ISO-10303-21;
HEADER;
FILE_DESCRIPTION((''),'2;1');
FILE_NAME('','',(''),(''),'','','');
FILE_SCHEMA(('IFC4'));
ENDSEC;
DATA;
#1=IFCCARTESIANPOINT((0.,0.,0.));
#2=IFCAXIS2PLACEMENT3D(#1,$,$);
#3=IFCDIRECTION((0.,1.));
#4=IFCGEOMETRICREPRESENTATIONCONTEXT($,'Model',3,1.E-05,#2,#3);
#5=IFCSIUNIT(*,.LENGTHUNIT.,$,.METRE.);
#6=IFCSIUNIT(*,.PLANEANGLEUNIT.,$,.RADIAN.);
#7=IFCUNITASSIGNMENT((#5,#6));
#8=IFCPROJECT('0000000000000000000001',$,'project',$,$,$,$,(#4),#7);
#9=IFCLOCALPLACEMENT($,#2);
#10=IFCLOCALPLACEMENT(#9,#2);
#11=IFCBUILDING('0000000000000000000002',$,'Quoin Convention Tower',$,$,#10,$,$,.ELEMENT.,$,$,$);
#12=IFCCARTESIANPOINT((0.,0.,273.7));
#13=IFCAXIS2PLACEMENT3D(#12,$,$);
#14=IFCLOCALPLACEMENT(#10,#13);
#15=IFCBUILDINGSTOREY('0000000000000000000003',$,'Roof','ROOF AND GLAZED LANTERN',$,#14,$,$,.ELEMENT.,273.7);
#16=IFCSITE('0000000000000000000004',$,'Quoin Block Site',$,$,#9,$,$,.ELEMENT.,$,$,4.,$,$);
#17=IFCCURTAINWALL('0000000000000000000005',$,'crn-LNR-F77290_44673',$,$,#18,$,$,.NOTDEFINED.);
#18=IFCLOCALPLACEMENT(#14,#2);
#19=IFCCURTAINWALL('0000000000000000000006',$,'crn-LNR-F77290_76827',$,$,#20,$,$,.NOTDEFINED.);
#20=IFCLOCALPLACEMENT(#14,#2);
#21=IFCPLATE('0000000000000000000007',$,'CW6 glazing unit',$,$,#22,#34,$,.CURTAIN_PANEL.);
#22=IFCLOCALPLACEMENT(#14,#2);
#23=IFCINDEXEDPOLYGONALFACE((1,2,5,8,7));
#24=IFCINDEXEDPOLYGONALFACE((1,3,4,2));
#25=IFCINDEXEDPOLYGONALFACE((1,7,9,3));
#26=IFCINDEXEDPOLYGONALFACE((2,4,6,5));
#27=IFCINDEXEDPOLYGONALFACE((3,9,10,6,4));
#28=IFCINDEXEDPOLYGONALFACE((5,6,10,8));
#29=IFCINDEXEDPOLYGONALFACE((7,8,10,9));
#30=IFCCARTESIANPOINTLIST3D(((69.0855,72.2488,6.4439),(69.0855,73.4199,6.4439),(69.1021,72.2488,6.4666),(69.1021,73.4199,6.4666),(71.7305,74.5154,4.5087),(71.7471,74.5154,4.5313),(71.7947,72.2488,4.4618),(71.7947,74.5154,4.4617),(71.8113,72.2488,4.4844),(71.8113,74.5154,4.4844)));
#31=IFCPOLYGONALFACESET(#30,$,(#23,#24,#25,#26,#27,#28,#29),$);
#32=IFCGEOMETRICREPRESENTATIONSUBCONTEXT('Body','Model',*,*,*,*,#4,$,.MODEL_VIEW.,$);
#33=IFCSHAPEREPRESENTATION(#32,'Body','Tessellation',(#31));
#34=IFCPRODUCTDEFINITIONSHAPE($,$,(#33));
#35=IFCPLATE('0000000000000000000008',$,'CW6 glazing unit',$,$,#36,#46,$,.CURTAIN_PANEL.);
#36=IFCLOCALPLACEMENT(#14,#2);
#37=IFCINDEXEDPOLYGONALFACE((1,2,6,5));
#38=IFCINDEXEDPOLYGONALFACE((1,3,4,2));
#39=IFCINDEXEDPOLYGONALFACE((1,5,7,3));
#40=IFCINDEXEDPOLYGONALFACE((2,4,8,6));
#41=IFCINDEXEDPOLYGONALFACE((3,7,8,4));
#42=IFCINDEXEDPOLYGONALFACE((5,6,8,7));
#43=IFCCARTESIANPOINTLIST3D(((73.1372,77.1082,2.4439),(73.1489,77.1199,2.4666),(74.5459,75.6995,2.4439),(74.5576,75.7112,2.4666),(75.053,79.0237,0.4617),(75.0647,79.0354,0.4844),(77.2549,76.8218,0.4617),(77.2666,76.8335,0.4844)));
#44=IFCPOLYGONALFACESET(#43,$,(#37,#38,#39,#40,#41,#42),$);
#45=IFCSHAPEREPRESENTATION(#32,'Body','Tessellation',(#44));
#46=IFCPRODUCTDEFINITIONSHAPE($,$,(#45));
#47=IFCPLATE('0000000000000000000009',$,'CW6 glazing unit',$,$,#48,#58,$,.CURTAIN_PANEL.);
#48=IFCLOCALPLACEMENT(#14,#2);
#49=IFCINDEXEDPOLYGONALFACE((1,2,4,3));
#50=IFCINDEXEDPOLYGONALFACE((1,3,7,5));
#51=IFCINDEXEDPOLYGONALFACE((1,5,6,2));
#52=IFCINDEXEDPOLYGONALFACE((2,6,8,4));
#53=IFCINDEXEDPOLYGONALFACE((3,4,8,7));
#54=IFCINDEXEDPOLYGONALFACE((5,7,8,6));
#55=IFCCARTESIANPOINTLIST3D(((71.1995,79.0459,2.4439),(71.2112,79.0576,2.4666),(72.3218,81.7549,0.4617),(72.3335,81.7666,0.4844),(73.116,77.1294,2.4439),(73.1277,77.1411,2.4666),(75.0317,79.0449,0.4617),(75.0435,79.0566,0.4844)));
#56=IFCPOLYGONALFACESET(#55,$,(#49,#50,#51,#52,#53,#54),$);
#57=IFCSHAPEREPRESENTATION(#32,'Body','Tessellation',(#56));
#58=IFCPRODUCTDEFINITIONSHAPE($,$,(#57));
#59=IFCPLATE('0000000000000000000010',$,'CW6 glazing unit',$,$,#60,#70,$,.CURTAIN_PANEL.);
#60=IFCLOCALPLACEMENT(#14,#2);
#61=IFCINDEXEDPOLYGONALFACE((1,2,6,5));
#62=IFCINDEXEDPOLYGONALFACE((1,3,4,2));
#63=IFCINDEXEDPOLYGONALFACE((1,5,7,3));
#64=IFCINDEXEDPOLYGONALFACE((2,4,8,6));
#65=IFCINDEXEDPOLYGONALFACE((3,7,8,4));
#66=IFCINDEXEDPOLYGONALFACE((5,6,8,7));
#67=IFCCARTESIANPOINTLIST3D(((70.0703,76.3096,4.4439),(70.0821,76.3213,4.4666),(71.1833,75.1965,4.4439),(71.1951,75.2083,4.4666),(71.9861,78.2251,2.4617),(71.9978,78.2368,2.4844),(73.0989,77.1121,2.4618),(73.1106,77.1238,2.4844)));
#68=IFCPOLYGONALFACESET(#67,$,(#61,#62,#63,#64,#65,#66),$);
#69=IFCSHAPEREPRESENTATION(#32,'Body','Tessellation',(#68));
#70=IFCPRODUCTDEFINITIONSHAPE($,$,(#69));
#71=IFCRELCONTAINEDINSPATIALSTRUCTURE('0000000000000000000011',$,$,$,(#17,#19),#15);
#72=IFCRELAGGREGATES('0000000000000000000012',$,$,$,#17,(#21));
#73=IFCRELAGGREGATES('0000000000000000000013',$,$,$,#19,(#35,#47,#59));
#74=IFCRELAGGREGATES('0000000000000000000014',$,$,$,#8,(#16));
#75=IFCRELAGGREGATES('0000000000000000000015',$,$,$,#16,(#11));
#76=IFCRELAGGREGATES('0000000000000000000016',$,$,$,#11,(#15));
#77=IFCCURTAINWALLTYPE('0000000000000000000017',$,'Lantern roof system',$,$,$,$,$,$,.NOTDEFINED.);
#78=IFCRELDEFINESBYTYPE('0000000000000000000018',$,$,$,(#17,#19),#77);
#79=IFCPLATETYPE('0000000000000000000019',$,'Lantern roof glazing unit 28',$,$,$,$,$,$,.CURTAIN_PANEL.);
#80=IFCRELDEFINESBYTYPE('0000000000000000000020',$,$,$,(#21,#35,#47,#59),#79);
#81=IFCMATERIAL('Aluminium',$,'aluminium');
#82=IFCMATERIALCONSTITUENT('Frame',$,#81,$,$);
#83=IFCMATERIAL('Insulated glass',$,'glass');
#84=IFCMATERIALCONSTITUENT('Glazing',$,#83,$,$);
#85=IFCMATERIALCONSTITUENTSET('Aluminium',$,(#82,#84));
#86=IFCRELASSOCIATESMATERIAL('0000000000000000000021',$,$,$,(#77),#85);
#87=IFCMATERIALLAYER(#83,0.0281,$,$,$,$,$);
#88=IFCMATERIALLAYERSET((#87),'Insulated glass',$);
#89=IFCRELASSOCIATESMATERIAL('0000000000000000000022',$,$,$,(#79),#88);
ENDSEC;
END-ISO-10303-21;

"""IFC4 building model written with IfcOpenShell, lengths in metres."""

from ifc_helpers import new_model, si_unit, direction, frame, origin, place, context, subcontext, project, spatial, polyline, outline, extrude, material, layer, layer_set, constituent, constituent_set, type_object, element, aggregate, save


model = new_model("IFC4")

# Units and contexts
model_context = context("Model", 3, precision=1e-05, world=origin(), true_north=direction((0.0, 1.0)))
body_context = subcontext(model_context, "Body", "Model", "MODEL_VIEW")
ifc_project = project(units=[si_unit("LENGTHUNIT", "METRE"), si_unit("PLANEANGLEUNIT", "RADIAN")], contexts=[model_context])

# Site, building, storey
site_placement = place(None, origin())
site = spatial("IfcSite", under=ifc_project, at=site_placement, Name="Quoin Block Site", CompositionType="ELEMENT", RefElevation=4.0)
building_placement = place(site_placement, origin())
building = spatial("IfcBuilding", under=site, at=building_placement, Name="Quoin Convention Tower", CompositionType="ELEMENT")
storey_placement = place(building_placement, frame((0.0, 0.0, 273.7)))
storey = spatial("IfcBuildingStorey", under=building, at=storey_placement, Name="Roof", Description="ROOF AND GLAZED LANTERN", CompositionType="ELEMENT", Elevation=273.7)

# Curtain wall
ifc_material_1 = material(Name="Aluminium", Category="aluminium")
ifc_constituent_1 = constituent(ifc_material_1, Name="Frame")
ifc_material_2 = material(Name="Insulated glass", Category="glass")
ifc_constituent_2 = constituent(ifc_material_2, Name="Glazing")
ifc_constituent_set = constituent_set(constituents=[ifc_constituent_1, ifc_constituent_2], Name="Aluminium")
curtain_wall_type = type_object("IfcCurtainWallType", Name="Lantern roof system", PredefinedType="NOTDEFINED", material=ifc_constituent_set)
curtain_wall_1_placement = place(storey_placement, origin())
curtain_wall_1 = element("IfcCurtainWall", 1, at=curtain_wall_1_placement, inside=storey, type_object=curtain_wall_type, Name="crn-LNR-F77290_44673", PredefinedType="NOTDEFINED")

# Curtain wall
curtain_wall_2_placement = place(storey_placement, origin())
curtain_wall_2 = element("IfcCurtainWall", 2, at=curtain_wall_2_placement, inside=storey, type_object=curtain_wall_type, Name="crn-LNR-F77290_76827", PredefinedType="NOTDEFINED")

# Plates
ifc_layer = layer(ifc_material_2, 0.0281)
ifc_layer_set = layer_set([ifc_layer], Name="Insulated glass")
plate_type = type_object("IfcPlateType", Name="Lantern roof glazing unit 28", PredefinedType="CURTAIN_PANEL", material=ifc_layer_set)
plate_1_placement = place(storey_placement, frame((71.8113, 74.5154, 4.4844), z_axis=(0.590468, 0.000024, 0.807061), x_axis=(0.000014, -1.0, 0.000019)))
plate_1 = element("IfcPlate", 3, at=plate_1_placement, type_object=plate_type, Name="CW6 glazing unit", PredefinedType="CURTAIN_PANEL", context=body_context, shape_type="SweptSolid", body=[
    extrude(outline(polyline([(0.0, 0.0), (2.2666, 0.0), (2.2666, -3.3569), (1.0955, -3.3569), (0.0, -0.0795), (0.0, 0.0)])), origin(), (0.0, 0.0, -1.0), 0.0281),
])
aggregate(curtain_wall_1, [plate_1])
plate_2_placement = place(storey_placement, frame((73.1489, 77.1199, 2.4666), z_axis=(0.417537, 0.417537, 0.807047), x_axis=(0.570705, 0.570632, -0.590487)))
plate_2 = element("IfcPlate", 4, at=plate_2_placement, type_object=plate_type, Name="CW6 glazing unit", PredefinedType="CURTAIN_PANEL", context=body_context, shape_type="SweptSolid", body=[
    extrude(outline(polyline([(0.0, 0.0), (3.3569, 0.0), (3.357, -3.114), (0.0001, -1.9922), (0.0, 0.0)])), origin(), (0.0, 0.0, -1.0), 0.0281),
])
plate_3_placement = place(storey_placement, frame((73.1277, 77.1411, 2.4666), z_axis=(0.417537, 0.417537, 0.807047), x_axis=(-0.707107, 0.707107, 0.0)))
plate_3 = element("IfcPlate", 5, at=plate_3_placement, type_object=plate_type, Name="CW6 glazing unit", PredefinedType="CURTAIN_PANEL", context=body_context, shape_type="SweptSolid", body=[
    extrude(outline(polyline([(0.0, 0.0), (2.7103, 0.0), (3.8323, -3.3569), (-0.0002, -3.3569), (0.0, 0.0)])), origin(), (0.0, 0.0, -1.0), 0.0281),
])
plate_4_placement = place(storey_placement, frame((71.9978, 78.2368, 2.4844), z_axis=(0.417569, 0.417523, 0.807038), x_axis=(0.707043, -0.707171, 0.000026)))
plate_4 = element("IfcPlate", 6, at=plate_4_placement, type_object=plate_type, Name="CW6 glazing unit", PredefinedType="CURTAIN_PANEL", context=body_context, shape_type="SweptSolid", body=[
    extrude(outline(polyline([(0.0, 0.0), (1.5739, 0.0), (1.5742, -3.3567), (0.0001, -3.3569), (0.0, 0.0)])), origin(), (0.0, 0.0, -1.0), 0.0281),
])
aggregate(curtain_wall_2, [plate_2, plate_3, plate_4])

save(model, "model.ifc")
